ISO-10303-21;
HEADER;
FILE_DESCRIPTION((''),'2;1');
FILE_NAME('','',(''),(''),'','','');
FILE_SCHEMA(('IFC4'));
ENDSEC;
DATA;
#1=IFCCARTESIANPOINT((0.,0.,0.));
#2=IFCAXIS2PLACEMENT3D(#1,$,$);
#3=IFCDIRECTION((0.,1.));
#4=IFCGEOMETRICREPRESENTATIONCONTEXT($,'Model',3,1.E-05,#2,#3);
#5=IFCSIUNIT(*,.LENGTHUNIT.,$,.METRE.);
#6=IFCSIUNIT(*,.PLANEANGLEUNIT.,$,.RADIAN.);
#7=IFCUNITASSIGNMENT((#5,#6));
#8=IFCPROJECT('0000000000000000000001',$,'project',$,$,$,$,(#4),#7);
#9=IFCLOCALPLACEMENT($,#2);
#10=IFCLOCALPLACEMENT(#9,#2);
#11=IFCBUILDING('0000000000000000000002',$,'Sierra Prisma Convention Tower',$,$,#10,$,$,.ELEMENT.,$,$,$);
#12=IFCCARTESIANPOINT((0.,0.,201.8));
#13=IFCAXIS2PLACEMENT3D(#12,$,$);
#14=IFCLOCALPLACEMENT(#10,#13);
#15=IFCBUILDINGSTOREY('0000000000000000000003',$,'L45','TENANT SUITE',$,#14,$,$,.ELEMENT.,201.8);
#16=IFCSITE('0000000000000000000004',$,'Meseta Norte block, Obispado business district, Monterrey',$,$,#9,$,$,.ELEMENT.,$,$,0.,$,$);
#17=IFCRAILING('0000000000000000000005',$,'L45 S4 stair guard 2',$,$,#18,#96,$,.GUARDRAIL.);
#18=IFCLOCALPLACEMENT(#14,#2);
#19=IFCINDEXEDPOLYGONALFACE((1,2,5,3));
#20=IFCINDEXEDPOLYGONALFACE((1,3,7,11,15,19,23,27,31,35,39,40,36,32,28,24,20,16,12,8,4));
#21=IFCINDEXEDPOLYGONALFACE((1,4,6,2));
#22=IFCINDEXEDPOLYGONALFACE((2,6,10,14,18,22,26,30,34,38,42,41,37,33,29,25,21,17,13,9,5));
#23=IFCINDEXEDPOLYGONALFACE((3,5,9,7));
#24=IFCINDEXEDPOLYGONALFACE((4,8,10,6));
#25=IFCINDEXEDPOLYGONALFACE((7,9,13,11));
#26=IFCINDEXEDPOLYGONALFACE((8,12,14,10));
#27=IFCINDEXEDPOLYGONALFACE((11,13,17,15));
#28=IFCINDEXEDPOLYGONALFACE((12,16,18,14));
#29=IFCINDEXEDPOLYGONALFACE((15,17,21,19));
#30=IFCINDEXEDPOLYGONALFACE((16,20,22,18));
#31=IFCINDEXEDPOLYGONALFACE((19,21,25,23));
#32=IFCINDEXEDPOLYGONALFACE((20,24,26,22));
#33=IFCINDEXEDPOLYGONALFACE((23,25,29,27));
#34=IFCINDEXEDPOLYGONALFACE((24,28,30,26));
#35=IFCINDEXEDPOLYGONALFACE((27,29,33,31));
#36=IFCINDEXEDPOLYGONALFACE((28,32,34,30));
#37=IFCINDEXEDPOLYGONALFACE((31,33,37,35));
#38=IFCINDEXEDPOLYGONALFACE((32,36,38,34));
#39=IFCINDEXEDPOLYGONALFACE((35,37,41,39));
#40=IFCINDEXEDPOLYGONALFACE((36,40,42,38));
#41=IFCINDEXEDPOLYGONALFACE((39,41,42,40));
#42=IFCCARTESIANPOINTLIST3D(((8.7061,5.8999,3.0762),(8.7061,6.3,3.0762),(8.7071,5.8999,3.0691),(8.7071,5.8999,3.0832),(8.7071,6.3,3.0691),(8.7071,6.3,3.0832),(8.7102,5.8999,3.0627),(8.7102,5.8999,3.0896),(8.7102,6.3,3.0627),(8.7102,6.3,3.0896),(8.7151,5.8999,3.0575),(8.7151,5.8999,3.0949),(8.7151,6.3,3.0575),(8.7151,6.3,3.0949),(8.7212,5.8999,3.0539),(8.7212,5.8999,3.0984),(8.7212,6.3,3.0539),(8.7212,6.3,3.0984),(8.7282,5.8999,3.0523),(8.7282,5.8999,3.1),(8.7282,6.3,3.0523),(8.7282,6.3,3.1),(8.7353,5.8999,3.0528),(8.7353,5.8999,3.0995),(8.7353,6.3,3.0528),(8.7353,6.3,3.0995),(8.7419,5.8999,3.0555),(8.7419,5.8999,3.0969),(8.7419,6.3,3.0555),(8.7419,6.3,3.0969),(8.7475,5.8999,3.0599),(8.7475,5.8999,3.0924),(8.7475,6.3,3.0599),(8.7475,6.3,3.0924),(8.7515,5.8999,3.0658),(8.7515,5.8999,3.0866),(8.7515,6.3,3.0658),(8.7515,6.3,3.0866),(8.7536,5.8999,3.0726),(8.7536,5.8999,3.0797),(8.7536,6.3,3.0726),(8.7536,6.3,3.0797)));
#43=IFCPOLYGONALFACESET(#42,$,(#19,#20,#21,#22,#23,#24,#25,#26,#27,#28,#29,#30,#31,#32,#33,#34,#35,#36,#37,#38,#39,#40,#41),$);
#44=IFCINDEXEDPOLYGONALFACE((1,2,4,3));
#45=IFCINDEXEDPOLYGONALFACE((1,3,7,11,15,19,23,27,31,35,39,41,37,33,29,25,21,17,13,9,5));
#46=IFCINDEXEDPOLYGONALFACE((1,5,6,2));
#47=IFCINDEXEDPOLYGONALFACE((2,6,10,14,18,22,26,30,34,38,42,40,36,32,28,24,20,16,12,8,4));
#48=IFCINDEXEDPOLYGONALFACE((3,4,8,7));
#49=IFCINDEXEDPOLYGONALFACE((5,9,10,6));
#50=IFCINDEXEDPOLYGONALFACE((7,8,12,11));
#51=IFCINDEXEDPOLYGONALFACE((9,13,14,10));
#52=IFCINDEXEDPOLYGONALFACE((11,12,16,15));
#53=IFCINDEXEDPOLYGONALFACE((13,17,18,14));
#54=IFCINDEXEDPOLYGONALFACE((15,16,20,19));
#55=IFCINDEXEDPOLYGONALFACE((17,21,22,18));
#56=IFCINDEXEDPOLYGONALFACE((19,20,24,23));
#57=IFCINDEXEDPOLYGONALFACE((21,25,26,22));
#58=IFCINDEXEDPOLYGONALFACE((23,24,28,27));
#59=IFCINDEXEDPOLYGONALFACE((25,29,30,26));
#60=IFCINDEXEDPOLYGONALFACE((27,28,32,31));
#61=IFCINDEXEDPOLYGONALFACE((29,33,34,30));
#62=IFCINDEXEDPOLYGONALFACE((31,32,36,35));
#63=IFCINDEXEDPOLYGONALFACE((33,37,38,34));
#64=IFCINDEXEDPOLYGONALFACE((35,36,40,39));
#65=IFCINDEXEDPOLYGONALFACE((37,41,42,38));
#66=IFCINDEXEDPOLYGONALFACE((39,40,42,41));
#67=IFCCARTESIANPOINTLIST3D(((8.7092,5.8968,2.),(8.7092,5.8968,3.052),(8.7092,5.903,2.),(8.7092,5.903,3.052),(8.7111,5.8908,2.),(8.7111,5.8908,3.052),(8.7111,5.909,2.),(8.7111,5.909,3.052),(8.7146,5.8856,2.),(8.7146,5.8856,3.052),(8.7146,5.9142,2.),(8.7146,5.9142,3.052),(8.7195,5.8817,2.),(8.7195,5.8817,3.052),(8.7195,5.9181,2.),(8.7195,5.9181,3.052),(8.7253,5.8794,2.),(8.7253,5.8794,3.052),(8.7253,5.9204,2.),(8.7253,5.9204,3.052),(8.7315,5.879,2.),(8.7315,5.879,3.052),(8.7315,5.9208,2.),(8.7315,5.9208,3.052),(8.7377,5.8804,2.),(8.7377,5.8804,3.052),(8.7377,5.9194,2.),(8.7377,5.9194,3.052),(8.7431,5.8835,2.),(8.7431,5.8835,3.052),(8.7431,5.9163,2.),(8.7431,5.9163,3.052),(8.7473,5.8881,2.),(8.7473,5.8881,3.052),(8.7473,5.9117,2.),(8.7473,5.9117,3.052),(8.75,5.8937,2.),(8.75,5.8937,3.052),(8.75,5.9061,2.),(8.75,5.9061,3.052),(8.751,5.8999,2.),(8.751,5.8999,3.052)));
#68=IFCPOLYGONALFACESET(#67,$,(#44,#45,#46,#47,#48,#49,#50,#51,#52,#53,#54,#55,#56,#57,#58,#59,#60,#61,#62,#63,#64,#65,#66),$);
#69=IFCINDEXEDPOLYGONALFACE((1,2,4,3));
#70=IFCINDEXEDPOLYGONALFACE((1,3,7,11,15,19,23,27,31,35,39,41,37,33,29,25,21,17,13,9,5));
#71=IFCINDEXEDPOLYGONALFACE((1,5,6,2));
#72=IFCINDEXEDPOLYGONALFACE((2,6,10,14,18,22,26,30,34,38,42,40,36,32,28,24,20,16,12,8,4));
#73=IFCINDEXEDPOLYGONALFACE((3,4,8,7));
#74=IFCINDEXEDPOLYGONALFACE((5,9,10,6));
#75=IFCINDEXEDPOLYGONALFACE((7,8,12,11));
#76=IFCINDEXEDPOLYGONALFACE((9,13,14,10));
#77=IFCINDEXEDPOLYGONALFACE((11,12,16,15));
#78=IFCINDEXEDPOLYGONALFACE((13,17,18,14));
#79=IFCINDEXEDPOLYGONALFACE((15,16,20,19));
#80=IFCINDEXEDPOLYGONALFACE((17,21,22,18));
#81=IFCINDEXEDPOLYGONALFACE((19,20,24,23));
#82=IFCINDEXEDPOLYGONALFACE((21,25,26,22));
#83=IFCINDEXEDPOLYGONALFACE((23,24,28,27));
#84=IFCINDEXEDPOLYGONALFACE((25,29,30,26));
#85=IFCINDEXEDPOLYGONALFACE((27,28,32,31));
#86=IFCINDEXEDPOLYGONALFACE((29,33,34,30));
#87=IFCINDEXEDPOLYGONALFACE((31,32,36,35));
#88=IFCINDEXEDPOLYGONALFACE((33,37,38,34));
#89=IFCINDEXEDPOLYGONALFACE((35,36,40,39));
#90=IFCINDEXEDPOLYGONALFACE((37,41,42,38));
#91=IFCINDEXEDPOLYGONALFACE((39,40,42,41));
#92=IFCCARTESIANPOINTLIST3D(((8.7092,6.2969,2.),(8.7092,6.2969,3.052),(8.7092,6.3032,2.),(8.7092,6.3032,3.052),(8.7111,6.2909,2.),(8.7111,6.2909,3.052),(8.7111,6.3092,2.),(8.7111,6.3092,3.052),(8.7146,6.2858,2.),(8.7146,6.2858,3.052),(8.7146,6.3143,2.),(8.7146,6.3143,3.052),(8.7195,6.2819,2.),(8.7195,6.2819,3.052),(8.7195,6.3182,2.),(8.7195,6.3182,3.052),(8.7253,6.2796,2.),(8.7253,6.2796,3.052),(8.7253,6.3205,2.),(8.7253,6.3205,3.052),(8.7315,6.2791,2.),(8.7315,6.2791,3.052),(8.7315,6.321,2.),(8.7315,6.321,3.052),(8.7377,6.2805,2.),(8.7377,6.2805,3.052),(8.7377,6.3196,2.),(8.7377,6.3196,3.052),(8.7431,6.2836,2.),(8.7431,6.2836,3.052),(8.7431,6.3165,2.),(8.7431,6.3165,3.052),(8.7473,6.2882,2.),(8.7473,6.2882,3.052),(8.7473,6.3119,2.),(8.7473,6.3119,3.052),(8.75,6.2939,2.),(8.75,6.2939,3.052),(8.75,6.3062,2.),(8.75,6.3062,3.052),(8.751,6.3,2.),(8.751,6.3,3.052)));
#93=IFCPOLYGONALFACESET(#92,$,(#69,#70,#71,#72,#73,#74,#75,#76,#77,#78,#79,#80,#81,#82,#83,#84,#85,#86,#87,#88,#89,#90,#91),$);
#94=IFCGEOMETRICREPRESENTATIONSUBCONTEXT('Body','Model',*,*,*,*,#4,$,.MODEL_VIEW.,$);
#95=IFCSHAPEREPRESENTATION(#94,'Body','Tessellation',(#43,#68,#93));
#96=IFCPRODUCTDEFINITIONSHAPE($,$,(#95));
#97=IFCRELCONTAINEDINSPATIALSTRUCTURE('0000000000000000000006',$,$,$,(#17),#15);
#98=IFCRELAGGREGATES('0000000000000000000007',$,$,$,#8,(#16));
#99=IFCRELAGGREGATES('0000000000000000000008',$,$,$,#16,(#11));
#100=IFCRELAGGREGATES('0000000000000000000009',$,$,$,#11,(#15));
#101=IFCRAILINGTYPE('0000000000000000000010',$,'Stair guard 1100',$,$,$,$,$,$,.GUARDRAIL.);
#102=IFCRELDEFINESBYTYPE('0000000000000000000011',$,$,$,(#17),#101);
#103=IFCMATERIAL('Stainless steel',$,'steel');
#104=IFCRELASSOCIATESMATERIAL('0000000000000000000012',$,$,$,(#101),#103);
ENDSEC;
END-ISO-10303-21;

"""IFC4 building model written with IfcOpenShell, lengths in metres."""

from ifc_helpers import new_model, si_unit, direction, frame, origin, origin_2d, place, context, subcontext, project, spatial, circle, extrude, material, type_object, element, save


model = new_model("IFC4")

# Units and contexts
model_context = context("Model", 3, precision=1e-05, world=origin(), true_north=direction((0.0, 1.0)))
body_context = subcontext(model_context, "Body", "Model", "MODEL_VIEW")
ifc_project = project(units=[si_unit("LENGTHUNIT", "METRE"), si_unit("PLANEANGLEUNIT", "RADIAN")], contexts=[model_context])

# Site, building, storey
site_placement = place(None, origin())
site = spatial("IfcSite", under=ifc_project, at=site_placement, Name="Meseta Norte block, Obispado business district, Monterrey", CompositionType="ELEMENT", RefElevation=0.0)
building_placement = place(site_placement, origin())
building = spatial("IfcBuilding", under=site, at=building_placement, Name="Sierra Prisma Convention Tower", CompositionType="ELEMENT")
storey_placement = place(building_placement, frame((0.0, 0.0, 201.8)))
storey = spatial("IfcBuildingStorey", under=building, at=storey_placement, Name="L45", Description="TENANT SUITE", CompositionType="ELEMENT", Elevation=201.8)

# Railing
ifc_material_1 = material(Name="Stainless steel", Category="steel")
railing_type_1 = type_object("IfcRailingType", Name="Stair guard 1100", PredefinedType="GUARDRAIL", material=ifc_material_1)
railing_1_placement = place(storey_placement, frame((8.73, 5.8999, 2.0)))
element("IfcRailing", 1, at=railing_1_placement, inside=storey, type_object=railing_type_1, Name="L45 S4 stair guard 2", PredefinedType="GUARDRAIL", context=body_context, shape_type="SweptSolid", body=[
    extrude(circle(Radius=0.0239, at=origin_2d()), frame((0.0, 0.0, 1.0762), z_axis=(0.0, 1.0, 0.0), x_axis=(-1.0, 0.0, 0.0)), (0.0, 0.0, 1.0), 0.4001),
    extrude(circle(Radius=0.021, at=origin_2d()), origin(), (0.0, 0.0, 1.0), 1.052),
    extrude(circle(Radius=0.021, at=origin_2d()), frame((0.0, 0.4001, 0.0)), (0.0, 0.0, 1.0), 1.052),
])

save(model, "model.ifc")
